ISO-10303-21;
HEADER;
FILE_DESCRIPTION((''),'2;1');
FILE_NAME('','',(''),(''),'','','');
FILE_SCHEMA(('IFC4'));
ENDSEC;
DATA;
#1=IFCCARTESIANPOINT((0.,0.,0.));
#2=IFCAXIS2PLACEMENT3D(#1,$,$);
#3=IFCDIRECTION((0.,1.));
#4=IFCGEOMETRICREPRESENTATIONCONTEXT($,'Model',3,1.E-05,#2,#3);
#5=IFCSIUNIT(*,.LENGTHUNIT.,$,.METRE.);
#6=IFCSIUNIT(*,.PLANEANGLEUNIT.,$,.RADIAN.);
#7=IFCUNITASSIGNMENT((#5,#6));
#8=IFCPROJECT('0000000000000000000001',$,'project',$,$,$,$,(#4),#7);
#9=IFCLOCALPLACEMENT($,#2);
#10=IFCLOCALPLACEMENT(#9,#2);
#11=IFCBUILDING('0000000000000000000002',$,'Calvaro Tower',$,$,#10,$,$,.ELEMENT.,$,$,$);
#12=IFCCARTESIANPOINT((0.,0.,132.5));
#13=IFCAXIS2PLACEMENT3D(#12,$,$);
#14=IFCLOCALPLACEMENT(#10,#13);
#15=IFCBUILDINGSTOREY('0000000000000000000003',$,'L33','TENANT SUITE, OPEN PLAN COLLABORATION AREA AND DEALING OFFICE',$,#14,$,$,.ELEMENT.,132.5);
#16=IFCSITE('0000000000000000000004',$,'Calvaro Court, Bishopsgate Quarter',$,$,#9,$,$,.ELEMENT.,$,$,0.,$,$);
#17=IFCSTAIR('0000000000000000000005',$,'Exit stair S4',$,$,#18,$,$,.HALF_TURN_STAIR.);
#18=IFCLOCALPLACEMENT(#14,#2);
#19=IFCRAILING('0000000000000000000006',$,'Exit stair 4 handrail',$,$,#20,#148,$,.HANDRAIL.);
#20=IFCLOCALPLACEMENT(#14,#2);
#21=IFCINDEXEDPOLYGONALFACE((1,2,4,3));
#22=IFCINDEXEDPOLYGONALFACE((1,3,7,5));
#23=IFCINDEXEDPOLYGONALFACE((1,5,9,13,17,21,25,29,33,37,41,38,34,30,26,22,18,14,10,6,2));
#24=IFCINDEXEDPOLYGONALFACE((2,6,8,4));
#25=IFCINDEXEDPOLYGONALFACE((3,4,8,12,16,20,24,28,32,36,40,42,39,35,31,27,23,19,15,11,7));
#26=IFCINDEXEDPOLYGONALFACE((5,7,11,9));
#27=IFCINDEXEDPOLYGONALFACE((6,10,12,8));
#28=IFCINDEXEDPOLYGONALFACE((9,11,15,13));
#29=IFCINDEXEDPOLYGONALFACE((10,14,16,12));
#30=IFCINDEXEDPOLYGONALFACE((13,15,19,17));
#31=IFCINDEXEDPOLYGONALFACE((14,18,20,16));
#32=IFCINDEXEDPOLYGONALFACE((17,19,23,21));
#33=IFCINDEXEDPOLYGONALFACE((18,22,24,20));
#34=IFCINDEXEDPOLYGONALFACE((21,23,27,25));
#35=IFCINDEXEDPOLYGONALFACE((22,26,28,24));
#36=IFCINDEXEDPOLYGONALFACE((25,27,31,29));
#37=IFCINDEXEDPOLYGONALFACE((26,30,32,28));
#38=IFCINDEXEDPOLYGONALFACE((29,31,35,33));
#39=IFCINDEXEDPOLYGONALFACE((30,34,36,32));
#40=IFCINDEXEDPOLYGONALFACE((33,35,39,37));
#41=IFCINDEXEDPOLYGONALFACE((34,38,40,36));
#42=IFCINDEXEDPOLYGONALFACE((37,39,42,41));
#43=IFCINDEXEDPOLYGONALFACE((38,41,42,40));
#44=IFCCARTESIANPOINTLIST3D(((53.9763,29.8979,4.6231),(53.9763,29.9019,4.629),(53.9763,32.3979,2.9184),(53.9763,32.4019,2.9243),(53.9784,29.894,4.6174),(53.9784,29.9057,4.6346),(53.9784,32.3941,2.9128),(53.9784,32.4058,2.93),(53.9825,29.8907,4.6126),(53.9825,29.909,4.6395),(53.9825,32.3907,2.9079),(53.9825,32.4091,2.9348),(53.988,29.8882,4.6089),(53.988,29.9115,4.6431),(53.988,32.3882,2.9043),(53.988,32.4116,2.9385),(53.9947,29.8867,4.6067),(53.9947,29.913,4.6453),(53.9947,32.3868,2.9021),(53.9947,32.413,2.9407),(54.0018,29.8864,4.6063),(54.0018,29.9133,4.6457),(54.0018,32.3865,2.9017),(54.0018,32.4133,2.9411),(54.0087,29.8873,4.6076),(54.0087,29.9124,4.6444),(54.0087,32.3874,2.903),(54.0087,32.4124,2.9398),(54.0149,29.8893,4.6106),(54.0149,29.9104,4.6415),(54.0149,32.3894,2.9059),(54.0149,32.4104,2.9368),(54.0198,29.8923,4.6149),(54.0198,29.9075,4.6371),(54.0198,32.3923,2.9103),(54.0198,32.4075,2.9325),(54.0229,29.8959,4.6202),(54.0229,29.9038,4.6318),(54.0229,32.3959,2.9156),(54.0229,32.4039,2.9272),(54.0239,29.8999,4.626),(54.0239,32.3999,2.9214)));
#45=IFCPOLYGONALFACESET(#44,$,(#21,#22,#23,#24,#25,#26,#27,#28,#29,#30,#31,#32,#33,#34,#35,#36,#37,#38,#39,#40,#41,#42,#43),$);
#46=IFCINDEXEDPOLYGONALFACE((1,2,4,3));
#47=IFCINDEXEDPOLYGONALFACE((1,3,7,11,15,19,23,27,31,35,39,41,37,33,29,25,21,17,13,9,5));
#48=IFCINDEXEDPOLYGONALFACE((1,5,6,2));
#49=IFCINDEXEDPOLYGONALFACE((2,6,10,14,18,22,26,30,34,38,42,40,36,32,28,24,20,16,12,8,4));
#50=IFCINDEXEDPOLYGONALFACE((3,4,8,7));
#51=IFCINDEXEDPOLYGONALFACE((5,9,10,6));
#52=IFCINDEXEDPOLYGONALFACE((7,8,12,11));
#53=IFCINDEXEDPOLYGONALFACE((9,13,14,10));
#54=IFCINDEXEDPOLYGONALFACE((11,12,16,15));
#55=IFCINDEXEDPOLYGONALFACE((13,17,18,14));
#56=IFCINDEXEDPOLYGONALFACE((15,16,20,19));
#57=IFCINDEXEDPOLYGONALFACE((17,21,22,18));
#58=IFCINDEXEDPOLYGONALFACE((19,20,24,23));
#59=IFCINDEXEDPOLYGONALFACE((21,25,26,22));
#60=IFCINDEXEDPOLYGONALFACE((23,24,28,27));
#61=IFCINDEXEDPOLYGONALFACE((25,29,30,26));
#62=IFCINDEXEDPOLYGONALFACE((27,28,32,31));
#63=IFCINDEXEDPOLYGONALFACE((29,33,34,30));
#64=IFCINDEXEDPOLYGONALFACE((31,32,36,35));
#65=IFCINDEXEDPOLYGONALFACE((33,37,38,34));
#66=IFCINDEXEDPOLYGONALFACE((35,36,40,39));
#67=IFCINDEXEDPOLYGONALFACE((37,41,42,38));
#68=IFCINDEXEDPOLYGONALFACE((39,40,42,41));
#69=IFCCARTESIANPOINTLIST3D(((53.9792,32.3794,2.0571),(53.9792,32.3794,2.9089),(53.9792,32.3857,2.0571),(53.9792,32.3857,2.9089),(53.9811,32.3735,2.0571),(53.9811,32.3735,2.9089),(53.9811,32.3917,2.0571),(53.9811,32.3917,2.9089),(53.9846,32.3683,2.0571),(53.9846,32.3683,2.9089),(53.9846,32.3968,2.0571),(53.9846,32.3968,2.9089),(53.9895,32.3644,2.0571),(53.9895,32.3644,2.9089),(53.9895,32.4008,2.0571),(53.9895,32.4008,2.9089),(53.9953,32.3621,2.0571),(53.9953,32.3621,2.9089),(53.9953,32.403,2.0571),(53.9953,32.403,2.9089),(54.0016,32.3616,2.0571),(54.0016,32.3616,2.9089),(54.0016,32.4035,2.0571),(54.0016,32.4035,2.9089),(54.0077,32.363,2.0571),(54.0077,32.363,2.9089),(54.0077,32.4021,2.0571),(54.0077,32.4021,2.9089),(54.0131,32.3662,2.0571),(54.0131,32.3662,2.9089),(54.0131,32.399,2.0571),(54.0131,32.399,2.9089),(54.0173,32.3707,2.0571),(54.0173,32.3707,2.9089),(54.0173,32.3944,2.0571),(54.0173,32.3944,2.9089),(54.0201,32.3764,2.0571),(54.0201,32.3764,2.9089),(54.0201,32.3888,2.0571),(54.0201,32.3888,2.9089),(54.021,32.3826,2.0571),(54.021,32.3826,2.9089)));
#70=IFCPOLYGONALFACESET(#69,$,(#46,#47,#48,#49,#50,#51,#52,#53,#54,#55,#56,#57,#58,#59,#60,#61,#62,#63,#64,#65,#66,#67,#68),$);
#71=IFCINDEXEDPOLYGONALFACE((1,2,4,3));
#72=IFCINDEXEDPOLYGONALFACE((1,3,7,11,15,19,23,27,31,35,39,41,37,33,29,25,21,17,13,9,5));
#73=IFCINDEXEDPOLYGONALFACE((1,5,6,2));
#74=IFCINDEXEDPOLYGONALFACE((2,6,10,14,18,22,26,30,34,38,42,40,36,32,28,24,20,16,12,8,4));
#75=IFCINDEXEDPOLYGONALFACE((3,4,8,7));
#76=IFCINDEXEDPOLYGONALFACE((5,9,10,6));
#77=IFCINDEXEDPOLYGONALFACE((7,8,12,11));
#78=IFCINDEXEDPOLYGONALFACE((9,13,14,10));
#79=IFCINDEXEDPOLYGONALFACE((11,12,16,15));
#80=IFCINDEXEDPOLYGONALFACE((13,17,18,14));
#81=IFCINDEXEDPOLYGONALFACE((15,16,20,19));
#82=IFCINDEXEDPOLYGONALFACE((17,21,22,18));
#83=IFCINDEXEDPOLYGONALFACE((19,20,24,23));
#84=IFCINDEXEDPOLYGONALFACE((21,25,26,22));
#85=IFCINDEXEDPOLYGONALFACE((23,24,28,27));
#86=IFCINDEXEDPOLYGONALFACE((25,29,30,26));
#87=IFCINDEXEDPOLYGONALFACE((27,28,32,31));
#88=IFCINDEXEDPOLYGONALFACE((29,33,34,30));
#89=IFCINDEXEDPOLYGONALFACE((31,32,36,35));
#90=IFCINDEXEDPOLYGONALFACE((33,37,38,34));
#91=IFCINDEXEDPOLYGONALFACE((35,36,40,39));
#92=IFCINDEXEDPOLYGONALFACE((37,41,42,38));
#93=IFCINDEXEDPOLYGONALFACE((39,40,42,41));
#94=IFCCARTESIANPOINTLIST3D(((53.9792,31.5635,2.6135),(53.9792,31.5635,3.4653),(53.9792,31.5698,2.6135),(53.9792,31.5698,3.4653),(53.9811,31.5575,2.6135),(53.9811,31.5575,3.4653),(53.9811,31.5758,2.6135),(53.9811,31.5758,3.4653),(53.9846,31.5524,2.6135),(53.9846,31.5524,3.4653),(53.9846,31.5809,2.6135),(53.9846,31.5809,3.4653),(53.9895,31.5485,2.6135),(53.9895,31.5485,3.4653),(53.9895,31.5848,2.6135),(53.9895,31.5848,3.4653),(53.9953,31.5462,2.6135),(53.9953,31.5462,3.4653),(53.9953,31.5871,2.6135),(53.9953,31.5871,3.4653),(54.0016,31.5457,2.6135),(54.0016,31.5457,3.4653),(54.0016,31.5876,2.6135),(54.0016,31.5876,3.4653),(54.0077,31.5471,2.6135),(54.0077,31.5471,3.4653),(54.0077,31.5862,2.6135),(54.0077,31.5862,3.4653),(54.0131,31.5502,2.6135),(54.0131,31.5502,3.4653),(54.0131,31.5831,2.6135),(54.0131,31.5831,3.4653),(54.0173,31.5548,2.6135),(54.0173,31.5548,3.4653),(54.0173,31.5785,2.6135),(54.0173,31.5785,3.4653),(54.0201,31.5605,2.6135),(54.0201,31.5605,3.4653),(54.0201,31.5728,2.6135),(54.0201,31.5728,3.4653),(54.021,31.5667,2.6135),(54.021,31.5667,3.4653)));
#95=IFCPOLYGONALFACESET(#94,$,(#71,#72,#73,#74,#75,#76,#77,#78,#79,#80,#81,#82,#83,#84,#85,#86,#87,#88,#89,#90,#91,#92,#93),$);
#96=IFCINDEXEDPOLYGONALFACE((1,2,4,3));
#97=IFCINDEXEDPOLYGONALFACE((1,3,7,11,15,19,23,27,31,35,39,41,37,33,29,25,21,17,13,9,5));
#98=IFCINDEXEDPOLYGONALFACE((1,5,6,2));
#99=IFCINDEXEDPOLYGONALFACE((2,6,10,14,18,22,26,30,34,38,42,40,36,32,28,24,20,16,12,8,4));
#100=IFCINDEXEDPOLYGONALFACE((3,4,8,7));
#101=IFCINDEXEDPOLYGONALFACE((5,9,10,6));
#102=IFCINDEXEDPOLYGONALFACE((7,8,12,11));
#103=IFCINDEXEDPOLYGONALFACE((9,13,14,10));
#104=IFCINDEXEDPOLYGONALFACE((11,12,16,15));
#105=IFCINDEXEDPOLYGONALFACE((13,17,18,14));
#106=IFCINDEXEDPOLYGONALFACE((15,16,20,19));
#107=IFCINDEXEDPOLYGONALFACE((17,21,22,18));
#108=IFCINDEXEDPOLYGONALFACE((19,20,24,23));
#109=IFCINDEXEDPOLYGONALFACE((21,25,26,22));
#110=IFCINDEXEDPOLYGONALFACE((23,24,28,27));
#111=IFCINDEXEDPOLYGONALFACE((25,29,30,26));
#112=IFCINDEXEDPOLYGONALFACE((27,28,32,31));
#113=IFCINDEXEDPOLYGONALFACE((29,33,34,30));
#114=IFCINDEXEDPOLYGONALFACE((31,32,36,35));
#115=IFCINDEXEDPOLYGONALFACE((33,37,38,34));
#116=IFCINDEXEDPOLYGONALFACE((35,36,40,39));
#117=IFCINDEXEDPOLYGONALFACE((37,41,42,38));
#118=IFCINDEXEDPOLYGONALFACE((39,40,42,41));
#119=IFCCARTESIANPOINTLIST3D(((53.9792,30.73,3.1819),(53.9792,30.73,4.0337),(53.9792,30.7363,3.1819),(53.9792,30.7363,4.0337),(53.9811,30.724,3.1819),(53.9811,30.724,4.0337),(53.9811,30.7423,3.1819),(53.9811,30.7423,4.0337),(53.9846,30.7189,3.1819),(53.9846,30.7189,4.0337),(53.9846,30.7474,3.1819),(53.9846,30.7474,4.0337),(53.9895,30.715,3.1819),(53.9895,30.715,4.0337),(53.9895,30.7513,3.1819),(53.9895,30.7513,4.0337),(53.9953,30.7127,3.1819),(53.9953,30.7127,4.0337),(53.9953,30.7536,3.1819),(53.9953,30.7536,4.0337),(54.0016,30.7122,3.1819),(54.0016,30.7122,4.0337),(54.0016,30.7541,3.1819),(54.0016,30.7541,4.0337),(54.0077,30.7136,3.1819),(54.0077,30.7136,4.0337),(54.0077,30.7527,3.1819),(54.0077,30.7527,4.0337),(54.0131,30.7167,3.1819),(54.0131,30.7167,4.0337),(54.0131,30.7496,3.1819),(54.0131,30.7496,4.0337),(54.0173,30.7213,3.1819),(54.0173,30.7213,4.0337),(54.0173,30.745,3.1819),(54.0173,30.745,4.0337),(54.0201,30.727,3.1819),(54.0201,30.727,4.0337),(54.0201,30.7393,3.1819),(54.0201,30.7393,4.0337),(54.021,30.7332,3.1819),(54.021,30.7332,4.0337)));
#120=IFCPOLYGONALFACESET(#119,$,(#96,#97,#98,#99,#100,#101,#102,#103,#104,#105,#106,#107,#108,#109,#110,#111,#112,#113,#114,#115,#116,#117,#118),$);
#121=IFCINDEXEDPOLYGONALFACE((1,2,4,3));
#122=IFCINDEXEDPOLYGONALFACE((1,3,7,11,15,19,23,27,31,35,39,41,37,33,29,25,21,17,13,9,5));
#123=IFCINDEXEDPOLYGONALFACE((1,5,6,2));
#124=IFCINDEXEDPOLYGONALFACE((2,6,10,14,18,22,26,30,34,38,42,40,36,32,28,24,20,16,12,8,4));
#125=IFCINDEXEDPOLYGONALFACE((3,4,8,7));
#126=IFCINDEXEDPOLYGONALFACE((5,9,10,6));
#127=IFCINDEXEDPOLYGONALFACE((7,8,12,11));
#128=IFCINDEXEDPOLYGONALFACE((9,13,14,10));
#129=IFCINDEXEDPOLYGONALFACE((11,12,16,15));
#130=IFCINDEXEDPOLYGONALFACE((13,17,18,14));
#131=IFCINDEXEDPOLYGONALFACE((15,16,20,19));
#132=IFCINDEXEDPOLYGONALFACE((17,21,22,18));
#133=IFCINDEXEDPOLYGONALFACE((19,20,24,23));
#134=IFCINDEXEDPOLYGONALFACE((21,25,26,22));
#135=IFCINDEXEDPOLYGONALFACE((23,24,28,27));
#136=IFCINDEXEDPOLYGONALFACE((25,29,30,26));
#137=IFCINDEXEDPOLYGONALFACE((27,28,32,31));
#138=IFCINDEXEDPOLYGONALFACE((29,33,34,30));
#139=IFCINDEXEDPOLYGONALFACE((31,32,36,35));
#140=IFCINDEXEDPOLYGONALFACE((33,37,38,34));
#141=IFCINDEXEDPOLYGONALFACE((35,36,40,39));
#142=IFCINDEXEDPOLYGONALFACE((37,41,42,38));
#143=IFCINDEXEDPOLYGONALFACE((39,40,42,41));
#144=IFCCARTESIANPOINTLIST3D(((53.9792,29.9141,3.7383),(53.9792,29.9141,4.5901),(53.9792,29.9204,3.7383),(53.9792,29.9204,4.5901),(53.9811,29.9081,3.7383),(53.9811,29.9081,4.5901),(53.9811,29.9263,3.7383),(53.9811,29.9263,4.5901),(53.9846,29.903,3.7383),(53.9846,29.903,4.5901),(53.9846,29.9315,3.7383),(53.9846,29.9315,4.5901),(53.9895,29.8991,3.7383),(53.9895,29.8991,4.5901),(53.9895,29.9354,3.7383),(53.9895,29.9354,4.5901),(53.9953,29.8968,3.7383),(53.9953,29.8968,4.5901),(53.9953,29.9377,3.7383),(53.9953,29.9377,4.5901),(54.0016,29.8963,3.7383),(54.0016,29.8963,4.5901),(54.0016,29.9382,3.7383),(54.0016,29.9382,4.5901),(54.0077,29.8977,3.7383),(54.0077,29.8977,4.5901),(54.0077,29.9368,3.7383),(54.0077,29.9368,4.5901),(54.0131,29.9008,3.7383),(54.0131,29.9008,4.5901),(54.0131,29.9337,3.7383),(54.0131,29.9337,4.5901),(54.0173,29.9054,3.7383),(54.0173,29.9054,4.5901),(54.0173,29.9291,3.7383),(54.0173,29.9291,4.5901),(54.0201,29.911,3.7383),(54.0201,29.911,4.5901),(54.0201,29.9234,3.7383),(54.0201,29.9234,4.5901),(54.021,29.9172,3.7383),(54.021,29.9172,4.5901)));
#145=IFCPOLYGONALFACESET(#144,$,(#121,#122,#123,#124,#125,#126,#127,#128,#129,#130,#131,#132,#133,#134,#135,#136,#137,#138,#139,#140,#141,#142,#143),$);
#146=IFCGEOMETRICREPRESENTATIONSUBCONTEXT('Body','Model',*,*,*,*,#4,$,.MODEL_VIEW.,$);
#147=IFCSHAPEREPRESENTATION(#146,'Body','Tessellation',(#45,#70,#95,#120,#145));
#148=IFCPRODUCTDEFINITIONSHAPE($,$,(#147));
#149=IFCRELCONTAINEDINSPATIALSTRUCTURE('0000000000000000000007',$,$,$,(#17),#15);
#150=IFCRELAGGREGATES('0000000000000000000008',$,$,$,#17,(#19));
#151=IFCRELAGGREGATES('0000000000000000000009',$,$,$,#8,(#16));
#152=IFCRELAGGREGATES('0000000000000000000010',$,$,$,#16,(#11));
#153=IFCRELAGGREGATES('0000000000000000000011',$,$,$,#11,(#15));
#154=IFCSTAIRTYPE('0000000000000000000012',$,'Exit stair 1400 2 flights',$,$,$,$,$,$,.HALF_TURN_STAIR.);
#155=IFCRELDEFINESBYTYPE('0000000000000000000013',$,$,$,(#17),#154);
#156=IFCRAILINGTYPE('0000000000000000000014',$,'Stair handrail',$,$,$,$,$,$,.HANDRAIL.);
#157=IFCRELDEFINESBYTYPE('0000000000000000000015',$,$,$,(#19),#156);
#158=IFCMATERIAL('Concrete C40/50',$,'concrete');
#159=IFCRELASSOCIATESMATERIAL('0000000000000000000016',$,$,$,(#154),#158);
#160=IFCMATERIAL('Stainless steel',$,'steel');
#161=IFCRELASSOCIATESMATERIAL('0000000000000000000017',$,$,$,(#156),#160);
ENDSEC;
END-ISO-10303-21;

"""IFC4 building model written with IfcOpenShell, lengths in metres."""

from ifc_helpers import new_model, si_unit, direction, frame, origin, origin_2d, place, context, subcontext, project, spatial, circle, extrude, material, type_object, element, aggregate, save


model = new_model("IFC4")

# Units and contexts
model_context = context("Model", 3, precision=1e-05, world=origin(), true_north=direction((0.0, 1.0)))
body_context = subcontext(model_context, "Body", "Model", "MODEL_VIEW")
ifc_project = project(units=[si_unit("LENGTHUNIT", "METRE"), si_unit("PLANEANGLEUNIT", "RADIAN")], contexts=[model_context])

# Site, building, storey
site_placement = place(None, origin())
site = spatial("IfcSite", under=ifc_project, at=site_placement, Name="Calvaro Court, Bishopsgate Quarter", CompositionType="ELEMENT", RefElevation=0.0)
building_placement = place(site_placement, origin())
building = spatial("IfcBuilding", under=site, at=building_placement, Name="Calvaro Tower", CompositionType="ELEMENT")
storey_placement = place(building_placement, frame((0.0, 0.0, 132.5)))
storey = spatial("IfcBuildingStorey", under=building, at=storey_placement, Name="L33", Description="TENANT SUITE, OPEN PLAN COLLABORATION AREA AND DEALING OFFICE", CompositionType="ELEMENT", Elevation=132.5)

# Shared definitions
ifc_material_1 = material(Name="Concrete C40/50", Category="concrete")
stair_type = type_object("IfcStairType", Name="Exit stair 1400 2 flights", PredefinedType="HALF_TURN_STAIR", material=ifc_material_1)

# Stair, railing
stair_1_placement = place(storey_placement, origin())
stair_1 = element("IfcStair", 1, at=stair_1_placement, inside=storey, type_object=stair_type, Name="Exit stair S4", PredefinedType="HALF_TURN_STAIR")
ifc_material_2 = material(Name="Stainless steel", Category="steel")
railing_type = type_object("IfcRailingType", Name="Stair handrail", PredefinedType="HANDRAIL", material=ifc_material_2)
railing_1_placement = place(storey_placement, frame((54.0, 32.3999, 2.0454)))
railing_1 = element("IfcRailing", 2, at=railing_1_placement, type_object=railing_type, Name="Exit stair 4 handrail", PredefinedType="HANDRAIL", context=body_context, shape_type="SweptSolid", body=[
    extrude(circle(Radius=0.0239, at=origin_2d()), frame((0.0, 0.0, 0.876), z_axis=(0.0, -0.826221, 0.563347), x_axis=(1.0, 0.0, 0.0)), (0.0, 0.0, 1.0), 3.0259),
    extrude(circle(Radius=0.021, at=origin_2d()), frame((0.0, -0.0173, 0.0117)), (0.0, 0.0, 1.0), 0.8518),
    extrude(circle(Radius=0.021, at=origin_2d()), frame((0.0, -0.8333, 0.5681)), (0.0, 0.0, 1.0), 0.8518),
    extrude(circle(Radius=0.021, at=origin_2d()), frame((0.0, -1.6667, 1.1365)), (0.0, 0.0, 1.0), 0.8518),
    extrude(circle(Radius=0.021, at=origin_2d()), frame((0.0, -2.4827, 1.6929)), (0.0, 0.0, 1.0), 0.8518),
])
aggregate(stair_1, [railing_1])

save(model, "model.ifc")
